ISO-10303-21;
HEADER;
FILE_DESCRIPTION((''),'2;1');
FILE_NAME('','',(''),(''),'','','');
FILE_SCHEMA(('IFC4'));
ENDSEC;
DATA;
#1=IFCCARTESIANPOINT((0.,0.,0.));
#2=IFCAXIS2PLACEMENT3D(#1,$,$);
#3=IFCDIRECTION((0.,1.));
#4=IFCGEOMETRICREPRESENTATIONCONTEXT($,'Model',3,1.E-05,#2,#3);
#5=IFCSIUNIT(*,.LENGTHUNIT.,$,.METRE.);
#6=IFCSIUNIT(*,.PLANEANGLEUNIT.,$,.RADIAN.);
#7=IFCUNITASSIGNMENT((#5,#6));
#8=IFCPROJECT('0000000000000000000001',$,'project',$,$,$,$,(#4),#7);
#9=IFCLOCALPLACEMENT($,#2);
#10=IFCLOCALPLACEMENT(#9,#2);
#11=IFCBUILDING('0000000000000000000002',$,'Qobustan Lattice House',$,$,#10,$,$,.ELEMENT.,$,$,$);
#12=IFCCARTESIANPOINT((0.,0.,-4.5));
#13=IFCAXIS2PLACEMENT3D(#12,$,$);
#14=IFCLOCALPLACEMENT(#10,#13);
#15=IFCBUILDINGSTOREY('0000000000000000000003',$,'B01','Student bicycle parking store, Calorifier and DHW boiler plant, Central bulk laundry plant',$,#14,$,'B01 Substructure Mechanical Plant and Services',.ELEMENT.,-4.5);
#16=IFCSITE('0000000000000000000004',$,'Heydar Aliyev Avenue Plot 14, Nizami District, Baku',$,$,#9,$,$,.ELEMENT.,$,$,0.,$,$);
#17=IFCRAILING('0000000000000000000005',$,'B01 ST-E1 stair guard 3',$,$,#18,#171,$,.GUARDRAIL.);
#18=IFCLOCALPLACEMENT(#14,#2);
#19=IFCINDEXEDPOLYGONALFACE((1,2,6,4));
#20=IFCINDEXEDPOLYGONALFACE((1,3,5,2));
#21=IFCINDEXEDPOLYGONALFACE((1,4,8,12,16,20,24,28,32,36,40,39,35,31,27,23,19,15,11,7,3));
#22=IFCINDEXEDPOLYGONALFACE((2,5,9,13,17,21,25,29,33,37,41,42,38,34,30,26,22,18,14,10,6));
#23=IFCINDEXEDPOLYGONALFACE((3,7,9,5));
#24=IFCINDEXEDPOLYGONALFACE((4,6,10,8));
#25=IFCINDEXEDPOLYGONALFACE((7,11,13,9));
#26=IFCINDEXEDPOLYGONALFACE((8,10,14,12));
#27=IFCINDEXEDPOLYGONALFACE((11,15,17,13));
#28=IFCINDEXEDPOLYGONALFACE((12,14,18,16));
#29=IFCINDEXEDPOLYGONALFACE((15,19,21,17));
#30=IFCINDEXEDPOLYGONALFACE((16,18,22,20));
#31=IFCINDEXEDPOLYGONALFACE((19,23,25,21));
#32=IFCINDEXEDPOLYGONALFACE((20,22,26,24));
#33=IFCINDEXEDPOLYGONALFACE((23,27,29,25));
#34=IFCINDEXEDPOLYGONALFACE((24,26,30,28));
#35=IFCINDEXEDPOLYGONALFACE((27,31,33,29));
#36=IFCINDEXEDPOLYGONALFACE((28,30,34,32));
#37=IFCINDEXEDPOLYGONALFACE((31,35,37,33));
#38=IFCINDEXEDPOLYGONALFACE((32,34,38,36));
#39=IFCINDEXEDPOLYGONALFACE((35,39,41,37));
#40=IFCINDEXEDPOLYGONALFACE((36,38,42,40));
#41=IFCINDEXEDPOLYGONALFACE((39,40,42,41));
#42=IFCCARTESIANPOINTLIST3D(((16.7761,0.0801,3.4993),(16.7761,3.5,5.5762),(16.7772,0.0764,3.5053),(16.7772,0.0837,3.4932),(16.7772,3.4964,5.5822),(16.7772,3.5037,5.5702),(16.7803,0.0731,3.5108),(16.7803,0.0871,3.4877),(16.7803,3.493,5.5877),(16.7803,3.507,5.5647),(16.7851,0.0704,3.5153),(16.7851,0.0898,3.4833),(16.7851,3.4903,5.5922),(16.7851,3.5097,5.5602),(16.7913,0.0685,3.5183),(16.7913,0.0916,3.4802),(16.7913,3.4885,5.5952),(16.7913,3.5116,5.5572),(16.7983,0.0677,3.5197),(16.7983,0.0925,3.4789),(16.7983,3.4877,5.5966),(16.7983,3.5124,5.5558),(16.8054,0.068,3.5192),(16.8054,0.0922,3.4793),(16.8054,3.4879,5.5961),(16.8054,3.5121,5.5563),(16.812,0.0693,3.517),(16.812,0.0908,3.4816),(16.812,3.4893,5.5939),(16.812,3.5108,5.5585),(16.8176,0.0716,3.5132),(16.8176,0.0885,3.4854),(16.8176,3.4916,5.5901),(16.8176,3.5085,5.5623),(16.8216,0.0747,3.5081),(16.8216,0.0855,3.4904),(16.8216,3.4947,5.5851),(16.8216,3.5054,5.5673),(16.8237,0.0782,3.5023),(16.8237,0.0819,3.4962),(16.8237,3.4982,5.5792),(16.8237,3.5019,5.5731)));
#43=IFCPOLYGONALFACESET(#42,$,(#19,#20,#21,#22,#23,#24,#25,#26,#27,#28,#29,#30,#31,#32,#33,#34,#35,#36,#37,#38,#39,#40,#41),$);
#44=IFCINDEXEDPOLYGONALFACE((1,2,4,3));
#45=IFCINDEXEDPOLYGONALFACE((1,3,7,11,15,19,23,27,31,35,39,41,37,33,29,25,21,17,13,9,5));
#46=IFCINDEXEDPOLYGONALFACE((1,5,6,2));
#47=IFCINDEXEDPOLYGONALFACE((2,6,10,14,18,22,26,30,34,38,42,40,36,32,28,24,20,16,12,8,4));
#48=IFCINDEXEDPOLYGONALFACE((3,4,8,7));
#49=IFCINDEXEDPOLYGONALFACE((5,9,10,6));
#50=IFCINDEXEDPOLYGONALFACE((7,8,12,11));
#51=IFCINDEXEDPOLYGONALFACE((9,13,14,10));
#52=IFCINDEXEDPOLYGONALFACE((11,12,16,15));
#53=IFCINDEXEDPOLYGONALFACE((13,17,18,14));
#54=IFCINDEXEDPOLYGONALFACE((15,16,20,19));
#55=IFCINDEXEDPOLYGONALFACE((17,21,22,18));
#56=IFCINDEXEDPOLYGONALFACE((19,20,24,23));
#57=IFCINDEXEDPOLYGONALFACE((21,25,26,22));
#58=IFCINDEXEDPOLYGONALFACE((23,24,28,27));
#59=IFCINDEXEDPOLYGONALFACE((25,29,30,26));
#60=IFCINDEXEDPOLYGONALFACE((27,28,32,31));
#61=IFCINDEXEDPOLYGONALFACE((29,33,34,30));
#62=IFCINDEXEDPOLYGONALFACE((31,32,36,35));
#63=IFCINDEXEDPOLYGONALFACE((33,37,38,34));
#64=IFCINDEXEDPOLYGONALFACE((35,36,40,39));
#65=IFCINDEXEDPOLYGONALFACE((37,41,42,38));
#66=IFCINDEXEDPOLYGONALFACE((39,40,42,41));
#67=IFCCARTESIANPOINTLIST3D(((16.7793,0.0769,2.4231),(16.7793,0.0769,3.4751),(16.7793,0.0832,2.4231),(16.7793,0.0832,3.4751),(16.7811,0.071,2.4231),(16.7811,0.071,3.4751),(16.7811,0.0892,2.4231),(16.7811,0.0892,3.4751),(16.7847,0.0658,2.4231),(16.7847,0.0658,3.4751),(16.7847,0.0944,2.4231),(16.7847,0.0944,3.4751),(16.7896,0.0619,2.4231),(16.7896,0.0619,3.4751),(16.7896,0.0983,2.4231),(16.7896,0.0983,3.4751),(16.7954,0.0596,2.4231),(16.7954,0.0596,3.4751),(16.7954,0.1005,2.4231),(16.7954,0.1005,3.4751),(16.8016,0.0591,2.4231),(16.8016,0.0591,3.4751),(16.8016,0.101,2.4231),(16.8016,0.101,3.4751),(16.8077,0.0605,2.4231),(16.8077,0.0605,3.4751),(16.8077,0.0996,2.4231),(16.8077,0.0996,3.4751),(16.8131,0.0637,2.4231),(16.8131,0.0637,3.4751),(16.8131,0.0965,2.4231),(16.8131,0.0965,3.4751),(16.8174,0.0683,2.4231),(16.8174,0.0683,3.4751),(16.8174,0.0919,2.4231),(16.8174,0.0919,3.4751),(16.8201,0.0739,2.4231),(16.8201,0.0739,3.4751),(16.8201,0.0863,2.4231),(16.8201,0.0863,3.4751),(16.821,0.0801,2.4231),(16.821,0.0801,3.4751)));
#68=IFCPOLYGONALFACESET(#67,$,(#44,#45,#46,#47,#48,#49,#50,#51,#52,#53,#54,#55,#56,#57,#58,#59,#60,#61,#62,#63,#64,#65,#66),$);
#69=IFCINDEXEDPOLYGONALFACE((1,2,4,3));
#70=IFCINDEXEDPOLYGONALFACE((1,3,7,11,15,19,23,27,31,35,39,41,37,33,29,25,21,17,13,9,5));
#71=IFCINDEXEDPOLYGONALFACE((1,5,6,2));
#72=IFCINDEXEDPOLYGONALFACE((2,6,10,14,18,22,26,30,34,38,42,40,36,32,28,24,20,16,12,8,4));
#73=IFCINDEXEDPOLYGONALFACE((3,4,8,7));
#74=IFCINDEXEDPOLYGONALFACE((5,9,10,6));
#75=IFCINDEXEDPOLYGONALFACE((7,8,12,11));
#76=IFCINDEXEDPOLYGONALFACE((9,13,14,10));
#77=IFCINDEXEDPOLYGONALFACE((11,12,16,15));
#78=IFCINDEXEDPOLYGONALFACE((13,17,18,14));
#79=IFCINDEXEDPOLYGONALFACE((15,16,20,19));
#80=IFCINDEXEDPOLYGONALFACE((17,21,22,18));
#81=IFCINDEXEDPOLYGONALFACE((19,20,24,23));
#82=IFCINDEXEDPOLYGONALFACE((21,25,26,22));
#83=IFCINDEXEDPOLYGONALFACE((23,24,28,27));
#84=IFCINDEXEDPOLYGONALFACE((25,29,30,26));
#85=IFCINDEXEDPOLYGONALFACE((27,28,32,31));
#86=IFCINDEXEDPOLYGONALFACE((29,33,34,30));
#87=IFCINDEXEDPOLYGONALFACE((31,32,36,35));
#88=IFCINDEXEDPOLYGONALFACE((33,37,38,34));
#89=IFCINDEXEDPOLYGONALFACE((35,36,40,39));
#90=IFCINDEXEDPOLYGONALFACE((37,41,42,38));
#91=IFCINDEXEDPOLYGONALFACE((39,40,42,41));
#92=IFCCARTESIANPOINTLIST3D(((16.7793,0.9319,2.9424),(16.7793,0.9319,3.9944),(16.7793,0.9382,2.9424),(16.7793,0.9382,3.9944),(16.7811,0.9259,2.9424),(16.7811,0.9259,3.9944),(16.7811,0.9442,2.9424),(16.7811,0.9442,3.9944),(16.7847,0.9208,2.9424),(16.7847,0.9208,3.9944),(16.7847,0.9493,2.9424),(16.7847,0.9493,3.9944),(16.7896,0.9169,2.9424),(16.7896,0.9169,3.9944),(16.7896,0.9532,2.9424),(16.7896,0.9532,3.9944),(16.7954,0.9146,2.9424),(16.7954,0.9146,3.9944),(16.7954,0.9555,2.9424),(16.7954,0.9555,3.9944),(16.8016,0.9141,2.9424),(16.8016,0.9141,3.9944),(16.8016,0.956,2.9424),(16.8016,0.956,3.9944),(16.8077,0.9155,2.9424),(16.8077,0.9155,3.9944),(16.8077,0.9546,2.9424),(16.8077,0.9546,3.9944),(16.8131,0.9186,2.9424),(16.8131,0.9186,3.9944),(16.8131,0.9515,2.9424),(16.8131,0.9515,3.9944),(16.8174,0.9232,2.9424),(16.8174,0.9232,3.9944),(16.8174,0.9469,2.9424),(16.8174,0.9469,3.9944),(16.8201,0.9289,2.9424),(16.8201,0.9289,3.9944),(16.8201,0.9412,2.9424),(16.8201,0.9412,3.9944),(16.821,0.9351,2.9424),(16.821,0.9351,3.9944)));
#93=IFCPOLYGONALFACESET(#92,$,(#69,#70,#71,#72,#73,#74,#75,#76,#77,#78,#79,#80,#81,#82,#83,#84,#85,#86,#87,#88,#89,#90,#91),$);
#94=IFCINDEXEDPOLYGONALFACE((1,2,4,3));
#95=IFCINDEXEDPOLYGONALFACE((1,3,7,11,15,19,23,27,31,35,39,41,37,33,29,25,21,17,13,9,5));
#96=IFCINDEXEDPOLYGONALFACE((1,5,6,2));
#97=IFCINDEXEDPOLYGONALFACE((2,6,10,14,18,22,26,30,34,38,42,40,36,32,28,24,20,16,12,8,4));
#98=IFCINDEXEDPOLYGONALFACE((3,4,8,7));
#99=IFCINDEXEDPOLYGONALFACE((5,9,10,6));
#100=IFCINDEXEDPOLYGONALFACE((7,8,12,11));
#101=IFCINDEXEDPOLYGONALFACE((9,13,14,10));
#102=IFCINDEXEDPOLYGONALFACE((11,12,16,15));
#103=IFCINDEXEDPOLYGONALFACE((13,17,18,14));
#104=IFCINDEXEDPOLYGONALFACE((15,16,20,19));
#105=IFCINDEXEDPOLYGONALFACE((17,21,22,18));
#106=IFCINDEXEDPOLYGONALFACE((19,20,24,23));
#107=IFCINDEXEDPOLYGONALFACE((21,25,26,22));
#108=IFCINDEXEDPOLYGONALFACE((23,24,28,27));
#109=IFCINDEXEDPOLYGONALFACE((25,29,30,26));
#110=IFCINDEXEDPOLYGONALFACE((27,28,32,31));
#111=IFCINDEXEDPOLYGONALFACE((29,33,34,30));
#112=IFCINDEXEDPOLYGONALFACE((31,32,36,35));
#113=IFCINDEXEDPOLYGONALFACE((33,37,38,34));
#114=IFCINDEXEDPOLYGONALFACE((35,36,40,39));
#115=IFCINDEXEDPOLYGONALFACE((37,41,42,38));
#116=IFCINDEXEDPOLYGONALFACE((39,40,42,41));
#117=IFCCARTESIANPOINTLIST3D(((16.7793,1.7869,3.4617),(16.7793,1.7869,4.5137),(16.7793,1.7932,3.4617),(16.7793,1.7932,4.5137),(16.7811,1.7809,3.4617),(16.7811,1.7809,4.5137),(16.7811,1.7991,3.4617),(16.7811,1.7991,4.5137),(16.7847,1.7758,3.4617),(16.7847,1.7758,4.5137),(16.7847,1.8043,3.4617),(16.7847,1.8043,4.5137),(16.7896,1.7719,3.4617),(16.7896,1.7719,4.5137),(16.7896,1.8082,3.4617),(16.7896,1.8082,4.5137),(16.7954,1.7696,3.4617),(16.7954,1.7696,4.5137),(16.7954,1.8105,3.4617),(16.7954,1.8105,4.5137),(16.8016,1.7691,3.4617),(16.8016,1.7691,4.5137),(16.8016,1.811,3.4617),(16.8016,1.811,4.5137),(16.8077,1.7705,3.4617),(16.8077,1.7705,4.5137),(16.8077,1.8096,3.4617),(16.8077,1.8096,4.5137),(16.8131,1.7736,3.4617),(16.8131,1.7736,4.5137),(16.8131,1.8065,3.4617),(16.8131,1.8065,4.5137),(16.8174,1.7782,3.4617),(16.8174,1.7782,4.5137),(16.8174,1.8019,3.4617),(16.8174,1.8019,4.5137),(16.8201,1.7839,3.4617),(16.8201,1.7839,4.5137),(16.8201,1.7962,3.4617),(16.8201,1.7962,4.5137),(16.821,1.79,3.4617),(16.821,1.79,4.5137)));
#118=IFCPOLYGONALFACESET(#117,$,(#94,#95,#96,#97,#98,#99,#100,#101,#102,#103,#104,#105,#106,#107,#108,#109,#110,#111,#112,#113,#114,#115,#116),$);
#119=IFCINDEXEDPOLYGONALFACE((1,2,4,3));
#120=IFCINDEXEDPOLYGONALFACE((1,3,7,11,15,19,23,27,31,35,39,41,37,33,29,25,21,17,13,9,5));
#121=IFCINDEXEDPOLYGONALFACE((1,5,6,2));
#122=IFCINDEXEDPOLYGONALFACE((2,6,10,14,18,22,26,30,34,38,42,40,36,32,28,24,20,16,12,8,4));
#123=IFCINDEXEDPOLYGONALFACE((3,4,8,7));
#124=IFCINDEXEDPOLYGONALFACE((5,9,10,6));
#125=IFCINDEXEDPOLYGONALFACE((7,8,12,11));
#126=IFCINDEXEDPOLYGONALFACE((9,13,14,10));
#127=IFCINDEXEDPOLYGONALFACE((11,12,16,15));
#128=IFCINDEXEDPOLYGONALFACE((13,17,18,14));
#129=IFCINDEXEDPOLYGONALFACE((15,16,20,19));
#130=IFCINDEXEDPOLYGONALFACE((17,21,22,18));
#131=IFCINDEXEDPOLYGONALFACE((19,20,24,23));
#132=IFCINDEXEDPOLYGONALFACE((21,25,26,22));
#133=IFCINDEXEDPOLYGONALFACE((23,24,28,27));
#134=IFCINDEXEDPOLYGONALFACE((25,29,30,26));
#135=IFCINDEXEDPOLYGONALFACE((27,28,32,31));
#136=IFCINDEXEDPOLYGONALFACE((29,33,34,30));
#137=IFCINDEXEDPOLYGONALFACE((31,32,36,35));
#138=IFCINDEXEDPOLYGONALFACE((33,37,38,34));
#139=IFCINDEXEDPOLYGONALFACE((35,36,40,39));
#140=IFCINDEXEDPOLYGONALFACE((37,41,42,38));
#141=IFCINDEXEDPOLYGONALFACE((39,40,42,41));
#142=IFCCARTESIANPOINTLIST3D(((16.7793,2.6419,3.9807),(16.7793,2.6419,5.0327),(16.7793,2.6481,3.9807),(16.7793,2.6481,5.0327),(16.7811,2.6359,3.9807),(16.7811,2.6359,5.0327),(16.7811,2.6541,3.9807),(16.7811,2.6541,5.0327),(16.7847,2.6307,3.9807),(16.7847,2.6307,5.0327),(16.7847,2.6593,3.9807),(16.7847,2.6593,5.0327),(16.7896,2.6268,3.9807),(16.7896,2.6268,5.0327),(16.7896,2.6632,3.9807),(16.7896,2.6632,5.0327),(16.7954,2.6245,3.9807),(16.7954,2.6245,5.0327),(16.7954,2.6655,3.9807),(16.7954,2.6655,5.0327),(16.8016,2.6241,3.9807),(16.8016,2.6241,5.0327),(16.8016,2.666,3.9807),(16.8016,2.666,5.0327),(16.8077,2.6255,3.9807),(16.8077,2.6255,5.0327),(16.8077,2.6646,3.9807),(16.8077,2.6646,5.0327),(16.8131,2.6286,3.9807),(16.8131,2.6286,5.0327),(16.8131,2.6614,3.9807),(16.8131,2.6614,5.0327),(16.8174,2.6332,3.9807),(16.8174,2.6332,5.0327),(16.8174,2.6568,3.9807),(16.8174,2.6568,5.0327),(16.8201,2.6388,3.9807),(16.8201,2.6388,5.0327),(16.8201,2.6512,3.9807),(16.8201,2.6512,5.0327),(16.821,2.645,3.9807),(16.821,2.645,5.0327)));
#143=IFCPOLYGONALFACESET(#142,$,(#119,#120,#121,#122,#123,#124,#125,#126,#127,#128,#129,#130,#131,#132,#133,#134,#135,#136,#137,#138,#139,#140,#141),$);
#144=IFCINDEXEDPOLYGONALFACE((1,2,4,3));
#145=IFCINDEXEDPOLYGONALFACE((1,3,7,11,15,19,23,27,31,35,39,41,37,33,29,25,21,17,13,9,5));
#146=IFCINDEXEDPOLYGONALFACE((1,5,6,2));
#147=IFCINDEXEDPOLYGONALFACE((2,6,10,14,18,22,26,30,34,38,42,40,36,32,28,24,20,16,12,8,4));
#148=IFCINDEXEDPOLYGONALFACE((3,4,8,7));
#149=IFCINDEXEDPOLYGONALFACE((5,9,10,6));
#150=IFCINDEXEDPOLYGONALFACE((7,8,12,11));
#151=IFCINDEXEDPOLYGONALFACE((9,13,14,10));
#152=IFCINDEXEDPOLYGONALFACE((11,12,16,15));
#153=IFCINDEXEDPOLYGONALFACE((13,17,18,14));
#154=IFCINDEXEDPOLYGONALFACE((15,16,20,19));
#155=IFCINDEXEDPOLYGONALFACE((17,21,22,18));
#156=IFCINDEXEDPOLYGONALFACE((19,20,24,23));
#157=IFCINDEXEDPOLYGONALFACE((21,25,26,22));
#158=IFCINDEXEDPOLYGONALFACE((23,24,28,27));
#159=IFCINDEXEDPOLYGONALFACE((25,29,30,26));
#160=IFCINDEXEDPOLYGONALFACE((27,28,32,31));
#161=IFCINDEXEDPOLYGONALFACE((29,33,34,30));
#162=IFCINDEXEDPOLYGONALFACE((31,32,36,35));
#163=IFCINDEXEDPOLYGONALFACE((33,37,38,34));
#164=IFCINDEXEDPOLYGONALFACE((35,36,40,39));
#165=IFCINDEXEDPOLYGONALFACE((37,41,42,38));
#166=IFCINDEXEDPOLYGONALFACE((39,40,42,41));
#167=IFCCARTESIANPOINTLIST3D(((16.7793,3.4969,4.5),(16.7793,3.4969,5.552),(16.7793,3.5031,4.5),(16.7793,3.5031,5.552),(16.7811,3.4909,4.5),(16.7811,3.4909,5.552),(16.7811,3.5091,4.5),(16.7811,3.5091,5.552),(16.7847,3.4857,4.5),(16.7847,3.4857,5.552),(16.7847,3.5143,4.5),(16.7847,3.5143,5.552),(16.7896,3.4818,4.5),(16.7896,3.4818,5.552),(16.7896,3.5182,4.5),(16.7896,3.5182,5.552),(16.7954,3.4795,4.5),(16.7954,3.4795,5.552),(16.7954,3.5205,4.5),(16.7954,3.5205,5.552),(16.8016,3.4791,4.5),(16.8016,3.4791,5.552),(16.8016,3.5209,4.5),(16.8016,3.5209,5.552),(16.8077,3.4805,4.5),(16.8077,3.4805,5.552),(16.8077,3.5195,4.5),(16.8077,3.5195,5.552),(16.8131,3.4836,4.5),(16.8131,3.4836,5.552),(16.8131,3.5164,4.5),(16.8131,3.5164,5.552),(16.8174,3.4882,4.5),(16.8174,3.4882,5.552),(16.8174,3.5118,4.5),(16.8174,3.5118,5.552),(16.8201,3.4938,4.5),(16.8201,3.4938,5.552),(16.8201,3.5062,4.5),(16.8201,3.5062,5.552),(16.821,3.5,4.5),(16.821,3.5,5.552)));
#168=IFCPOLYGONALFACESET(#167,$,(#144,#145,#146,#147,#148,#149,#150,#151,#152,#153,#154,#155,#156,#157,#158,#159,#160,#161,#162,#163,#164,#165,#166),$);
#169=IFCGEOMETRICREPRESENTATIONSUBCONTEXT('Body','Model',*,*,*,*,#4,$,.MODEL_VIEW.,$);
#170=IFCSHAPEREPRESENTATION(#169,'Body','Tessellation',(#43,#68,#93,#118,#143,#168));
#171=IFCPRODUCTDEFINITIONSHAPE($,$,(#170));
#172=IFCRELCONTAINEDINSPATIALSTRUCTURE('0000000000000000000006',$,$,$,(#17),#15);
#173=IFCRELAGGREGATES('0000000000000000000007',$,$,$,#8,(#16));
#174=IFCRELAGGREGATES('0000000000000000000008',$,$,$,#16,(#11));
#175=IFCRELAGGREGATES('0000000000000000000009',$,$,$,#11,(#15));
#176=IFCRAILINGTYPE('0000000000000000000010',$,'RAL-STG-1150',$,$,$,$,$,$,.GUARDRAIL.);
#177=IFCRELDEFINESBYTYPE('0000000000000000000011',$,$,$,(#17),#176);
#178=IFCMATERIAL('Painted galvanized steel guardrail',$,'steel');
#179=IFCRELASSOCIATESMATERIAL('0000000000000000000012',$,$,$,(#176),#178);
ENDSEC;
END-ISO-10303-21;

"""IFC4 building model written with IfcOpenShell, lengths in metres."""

from ifc_helpers import new_model, si_unit, direction, frame, origin, origin_2d, place, context, subcontext, project, spatial, circle, extrude, material, type_object, element, save


model = new_model("IFC4")

# Units and contexts
model_context = context("Model", 3, precision=1e-05, world=origin(), true_north=direction((0.0, 1.0)))
body_context = subcontext(model_context, "Body", "Model", "MODEL_VIEW")
ifc_project = project(units=[si_unit("LENGTHUNIT", "METRE"), si_unit("PLANEANGLEUNIT", "RADIAN")], contexts=[model_context])

# Site, building, storey
site_placement = place(None, origin())
site = spatial("IfcSite", under=ifc_project, at=site_placement, Name="Heydar Aliyev Avenue Plot 14, Nizami District, Baku", CompositionType="ELEMENT", RefElevation=0.0)
building_placement = place(site_placement, origin())
building = spatial("IfcBuilding", under=site, at=building_placement, Name="Qobustan Lattice House", CompositionType="ELEMENT")
storey_placement = place(building_placement, frame((0.0, 0.0, -4.5)))
storey = spatial("IfcBuildingStorey", under=building, at=storey_placement, Name="B01", Description="Student bicycle parking store, Calorifier and DHW boiler plant, Central bulk laundry plant", LongName="B01 Substructure Mechanical Plant and Services", CompositionType="ELEMENT", Elevation=-4.5)

# Railing
ifc_material_1 = material(Name="Painted galvanized steel guardrail", Category="steel")
railing_type_1 = type_object("IfcRailingType", Name="RAL-STG-1150", PredefinedType="GUARDRAIL", material=ifc_material_1)
railing_1_placement = place(storey_placement, frame((16.8, 0.0801, 2.4231)))
element("IfcRailing", 1, at=railing_1_placement, inside=storey, type_object=railing_type_1, Name="B01 ST-E1 stair guard 3", PredefinedType="GUARDRAIL", context=body_context, shape_type="SweptSolid", body=[
    extrude(circle(Radius=0.0239, at=origin_2d()), frame((0.0, 0.0, 1.0762), z_axis=(0.0, 0.85473, 0.519074), x_axis=(-1.0, 0.0, 0.0)), (0.0, 0.0, 1.0), 4.0012),
    extrude(circle(Radius=0.021, at=origin_2d()), origin(), (0.0, 0.0, 1.0), 1.052),
    extrude(circle(Radius=0.021, at=origin_2d()), frame((0.0, 0.855, 0.5193)), (0.0, 0.0, 1.0), 1.052),
    extrude(circle(Radius=0.021, at=origin_2d()), frame((0.0, 1.71, 1.0386)), (0.0, 0.0, 1.0), 1.052),
    extrude(circle(Radius=0.021, at=origin_2d()), frame((0.0, 2.5649, 1.5576)), (0.0, 0.0, 1.0), 1.052),
    extrude(circle(Radius=0.021, at=origin_2d()), frame((0.0, 3.4199, 2.0769)), (0.0, 0.0, 1.0), 1.052),
])

save(model, "model.ifc")
